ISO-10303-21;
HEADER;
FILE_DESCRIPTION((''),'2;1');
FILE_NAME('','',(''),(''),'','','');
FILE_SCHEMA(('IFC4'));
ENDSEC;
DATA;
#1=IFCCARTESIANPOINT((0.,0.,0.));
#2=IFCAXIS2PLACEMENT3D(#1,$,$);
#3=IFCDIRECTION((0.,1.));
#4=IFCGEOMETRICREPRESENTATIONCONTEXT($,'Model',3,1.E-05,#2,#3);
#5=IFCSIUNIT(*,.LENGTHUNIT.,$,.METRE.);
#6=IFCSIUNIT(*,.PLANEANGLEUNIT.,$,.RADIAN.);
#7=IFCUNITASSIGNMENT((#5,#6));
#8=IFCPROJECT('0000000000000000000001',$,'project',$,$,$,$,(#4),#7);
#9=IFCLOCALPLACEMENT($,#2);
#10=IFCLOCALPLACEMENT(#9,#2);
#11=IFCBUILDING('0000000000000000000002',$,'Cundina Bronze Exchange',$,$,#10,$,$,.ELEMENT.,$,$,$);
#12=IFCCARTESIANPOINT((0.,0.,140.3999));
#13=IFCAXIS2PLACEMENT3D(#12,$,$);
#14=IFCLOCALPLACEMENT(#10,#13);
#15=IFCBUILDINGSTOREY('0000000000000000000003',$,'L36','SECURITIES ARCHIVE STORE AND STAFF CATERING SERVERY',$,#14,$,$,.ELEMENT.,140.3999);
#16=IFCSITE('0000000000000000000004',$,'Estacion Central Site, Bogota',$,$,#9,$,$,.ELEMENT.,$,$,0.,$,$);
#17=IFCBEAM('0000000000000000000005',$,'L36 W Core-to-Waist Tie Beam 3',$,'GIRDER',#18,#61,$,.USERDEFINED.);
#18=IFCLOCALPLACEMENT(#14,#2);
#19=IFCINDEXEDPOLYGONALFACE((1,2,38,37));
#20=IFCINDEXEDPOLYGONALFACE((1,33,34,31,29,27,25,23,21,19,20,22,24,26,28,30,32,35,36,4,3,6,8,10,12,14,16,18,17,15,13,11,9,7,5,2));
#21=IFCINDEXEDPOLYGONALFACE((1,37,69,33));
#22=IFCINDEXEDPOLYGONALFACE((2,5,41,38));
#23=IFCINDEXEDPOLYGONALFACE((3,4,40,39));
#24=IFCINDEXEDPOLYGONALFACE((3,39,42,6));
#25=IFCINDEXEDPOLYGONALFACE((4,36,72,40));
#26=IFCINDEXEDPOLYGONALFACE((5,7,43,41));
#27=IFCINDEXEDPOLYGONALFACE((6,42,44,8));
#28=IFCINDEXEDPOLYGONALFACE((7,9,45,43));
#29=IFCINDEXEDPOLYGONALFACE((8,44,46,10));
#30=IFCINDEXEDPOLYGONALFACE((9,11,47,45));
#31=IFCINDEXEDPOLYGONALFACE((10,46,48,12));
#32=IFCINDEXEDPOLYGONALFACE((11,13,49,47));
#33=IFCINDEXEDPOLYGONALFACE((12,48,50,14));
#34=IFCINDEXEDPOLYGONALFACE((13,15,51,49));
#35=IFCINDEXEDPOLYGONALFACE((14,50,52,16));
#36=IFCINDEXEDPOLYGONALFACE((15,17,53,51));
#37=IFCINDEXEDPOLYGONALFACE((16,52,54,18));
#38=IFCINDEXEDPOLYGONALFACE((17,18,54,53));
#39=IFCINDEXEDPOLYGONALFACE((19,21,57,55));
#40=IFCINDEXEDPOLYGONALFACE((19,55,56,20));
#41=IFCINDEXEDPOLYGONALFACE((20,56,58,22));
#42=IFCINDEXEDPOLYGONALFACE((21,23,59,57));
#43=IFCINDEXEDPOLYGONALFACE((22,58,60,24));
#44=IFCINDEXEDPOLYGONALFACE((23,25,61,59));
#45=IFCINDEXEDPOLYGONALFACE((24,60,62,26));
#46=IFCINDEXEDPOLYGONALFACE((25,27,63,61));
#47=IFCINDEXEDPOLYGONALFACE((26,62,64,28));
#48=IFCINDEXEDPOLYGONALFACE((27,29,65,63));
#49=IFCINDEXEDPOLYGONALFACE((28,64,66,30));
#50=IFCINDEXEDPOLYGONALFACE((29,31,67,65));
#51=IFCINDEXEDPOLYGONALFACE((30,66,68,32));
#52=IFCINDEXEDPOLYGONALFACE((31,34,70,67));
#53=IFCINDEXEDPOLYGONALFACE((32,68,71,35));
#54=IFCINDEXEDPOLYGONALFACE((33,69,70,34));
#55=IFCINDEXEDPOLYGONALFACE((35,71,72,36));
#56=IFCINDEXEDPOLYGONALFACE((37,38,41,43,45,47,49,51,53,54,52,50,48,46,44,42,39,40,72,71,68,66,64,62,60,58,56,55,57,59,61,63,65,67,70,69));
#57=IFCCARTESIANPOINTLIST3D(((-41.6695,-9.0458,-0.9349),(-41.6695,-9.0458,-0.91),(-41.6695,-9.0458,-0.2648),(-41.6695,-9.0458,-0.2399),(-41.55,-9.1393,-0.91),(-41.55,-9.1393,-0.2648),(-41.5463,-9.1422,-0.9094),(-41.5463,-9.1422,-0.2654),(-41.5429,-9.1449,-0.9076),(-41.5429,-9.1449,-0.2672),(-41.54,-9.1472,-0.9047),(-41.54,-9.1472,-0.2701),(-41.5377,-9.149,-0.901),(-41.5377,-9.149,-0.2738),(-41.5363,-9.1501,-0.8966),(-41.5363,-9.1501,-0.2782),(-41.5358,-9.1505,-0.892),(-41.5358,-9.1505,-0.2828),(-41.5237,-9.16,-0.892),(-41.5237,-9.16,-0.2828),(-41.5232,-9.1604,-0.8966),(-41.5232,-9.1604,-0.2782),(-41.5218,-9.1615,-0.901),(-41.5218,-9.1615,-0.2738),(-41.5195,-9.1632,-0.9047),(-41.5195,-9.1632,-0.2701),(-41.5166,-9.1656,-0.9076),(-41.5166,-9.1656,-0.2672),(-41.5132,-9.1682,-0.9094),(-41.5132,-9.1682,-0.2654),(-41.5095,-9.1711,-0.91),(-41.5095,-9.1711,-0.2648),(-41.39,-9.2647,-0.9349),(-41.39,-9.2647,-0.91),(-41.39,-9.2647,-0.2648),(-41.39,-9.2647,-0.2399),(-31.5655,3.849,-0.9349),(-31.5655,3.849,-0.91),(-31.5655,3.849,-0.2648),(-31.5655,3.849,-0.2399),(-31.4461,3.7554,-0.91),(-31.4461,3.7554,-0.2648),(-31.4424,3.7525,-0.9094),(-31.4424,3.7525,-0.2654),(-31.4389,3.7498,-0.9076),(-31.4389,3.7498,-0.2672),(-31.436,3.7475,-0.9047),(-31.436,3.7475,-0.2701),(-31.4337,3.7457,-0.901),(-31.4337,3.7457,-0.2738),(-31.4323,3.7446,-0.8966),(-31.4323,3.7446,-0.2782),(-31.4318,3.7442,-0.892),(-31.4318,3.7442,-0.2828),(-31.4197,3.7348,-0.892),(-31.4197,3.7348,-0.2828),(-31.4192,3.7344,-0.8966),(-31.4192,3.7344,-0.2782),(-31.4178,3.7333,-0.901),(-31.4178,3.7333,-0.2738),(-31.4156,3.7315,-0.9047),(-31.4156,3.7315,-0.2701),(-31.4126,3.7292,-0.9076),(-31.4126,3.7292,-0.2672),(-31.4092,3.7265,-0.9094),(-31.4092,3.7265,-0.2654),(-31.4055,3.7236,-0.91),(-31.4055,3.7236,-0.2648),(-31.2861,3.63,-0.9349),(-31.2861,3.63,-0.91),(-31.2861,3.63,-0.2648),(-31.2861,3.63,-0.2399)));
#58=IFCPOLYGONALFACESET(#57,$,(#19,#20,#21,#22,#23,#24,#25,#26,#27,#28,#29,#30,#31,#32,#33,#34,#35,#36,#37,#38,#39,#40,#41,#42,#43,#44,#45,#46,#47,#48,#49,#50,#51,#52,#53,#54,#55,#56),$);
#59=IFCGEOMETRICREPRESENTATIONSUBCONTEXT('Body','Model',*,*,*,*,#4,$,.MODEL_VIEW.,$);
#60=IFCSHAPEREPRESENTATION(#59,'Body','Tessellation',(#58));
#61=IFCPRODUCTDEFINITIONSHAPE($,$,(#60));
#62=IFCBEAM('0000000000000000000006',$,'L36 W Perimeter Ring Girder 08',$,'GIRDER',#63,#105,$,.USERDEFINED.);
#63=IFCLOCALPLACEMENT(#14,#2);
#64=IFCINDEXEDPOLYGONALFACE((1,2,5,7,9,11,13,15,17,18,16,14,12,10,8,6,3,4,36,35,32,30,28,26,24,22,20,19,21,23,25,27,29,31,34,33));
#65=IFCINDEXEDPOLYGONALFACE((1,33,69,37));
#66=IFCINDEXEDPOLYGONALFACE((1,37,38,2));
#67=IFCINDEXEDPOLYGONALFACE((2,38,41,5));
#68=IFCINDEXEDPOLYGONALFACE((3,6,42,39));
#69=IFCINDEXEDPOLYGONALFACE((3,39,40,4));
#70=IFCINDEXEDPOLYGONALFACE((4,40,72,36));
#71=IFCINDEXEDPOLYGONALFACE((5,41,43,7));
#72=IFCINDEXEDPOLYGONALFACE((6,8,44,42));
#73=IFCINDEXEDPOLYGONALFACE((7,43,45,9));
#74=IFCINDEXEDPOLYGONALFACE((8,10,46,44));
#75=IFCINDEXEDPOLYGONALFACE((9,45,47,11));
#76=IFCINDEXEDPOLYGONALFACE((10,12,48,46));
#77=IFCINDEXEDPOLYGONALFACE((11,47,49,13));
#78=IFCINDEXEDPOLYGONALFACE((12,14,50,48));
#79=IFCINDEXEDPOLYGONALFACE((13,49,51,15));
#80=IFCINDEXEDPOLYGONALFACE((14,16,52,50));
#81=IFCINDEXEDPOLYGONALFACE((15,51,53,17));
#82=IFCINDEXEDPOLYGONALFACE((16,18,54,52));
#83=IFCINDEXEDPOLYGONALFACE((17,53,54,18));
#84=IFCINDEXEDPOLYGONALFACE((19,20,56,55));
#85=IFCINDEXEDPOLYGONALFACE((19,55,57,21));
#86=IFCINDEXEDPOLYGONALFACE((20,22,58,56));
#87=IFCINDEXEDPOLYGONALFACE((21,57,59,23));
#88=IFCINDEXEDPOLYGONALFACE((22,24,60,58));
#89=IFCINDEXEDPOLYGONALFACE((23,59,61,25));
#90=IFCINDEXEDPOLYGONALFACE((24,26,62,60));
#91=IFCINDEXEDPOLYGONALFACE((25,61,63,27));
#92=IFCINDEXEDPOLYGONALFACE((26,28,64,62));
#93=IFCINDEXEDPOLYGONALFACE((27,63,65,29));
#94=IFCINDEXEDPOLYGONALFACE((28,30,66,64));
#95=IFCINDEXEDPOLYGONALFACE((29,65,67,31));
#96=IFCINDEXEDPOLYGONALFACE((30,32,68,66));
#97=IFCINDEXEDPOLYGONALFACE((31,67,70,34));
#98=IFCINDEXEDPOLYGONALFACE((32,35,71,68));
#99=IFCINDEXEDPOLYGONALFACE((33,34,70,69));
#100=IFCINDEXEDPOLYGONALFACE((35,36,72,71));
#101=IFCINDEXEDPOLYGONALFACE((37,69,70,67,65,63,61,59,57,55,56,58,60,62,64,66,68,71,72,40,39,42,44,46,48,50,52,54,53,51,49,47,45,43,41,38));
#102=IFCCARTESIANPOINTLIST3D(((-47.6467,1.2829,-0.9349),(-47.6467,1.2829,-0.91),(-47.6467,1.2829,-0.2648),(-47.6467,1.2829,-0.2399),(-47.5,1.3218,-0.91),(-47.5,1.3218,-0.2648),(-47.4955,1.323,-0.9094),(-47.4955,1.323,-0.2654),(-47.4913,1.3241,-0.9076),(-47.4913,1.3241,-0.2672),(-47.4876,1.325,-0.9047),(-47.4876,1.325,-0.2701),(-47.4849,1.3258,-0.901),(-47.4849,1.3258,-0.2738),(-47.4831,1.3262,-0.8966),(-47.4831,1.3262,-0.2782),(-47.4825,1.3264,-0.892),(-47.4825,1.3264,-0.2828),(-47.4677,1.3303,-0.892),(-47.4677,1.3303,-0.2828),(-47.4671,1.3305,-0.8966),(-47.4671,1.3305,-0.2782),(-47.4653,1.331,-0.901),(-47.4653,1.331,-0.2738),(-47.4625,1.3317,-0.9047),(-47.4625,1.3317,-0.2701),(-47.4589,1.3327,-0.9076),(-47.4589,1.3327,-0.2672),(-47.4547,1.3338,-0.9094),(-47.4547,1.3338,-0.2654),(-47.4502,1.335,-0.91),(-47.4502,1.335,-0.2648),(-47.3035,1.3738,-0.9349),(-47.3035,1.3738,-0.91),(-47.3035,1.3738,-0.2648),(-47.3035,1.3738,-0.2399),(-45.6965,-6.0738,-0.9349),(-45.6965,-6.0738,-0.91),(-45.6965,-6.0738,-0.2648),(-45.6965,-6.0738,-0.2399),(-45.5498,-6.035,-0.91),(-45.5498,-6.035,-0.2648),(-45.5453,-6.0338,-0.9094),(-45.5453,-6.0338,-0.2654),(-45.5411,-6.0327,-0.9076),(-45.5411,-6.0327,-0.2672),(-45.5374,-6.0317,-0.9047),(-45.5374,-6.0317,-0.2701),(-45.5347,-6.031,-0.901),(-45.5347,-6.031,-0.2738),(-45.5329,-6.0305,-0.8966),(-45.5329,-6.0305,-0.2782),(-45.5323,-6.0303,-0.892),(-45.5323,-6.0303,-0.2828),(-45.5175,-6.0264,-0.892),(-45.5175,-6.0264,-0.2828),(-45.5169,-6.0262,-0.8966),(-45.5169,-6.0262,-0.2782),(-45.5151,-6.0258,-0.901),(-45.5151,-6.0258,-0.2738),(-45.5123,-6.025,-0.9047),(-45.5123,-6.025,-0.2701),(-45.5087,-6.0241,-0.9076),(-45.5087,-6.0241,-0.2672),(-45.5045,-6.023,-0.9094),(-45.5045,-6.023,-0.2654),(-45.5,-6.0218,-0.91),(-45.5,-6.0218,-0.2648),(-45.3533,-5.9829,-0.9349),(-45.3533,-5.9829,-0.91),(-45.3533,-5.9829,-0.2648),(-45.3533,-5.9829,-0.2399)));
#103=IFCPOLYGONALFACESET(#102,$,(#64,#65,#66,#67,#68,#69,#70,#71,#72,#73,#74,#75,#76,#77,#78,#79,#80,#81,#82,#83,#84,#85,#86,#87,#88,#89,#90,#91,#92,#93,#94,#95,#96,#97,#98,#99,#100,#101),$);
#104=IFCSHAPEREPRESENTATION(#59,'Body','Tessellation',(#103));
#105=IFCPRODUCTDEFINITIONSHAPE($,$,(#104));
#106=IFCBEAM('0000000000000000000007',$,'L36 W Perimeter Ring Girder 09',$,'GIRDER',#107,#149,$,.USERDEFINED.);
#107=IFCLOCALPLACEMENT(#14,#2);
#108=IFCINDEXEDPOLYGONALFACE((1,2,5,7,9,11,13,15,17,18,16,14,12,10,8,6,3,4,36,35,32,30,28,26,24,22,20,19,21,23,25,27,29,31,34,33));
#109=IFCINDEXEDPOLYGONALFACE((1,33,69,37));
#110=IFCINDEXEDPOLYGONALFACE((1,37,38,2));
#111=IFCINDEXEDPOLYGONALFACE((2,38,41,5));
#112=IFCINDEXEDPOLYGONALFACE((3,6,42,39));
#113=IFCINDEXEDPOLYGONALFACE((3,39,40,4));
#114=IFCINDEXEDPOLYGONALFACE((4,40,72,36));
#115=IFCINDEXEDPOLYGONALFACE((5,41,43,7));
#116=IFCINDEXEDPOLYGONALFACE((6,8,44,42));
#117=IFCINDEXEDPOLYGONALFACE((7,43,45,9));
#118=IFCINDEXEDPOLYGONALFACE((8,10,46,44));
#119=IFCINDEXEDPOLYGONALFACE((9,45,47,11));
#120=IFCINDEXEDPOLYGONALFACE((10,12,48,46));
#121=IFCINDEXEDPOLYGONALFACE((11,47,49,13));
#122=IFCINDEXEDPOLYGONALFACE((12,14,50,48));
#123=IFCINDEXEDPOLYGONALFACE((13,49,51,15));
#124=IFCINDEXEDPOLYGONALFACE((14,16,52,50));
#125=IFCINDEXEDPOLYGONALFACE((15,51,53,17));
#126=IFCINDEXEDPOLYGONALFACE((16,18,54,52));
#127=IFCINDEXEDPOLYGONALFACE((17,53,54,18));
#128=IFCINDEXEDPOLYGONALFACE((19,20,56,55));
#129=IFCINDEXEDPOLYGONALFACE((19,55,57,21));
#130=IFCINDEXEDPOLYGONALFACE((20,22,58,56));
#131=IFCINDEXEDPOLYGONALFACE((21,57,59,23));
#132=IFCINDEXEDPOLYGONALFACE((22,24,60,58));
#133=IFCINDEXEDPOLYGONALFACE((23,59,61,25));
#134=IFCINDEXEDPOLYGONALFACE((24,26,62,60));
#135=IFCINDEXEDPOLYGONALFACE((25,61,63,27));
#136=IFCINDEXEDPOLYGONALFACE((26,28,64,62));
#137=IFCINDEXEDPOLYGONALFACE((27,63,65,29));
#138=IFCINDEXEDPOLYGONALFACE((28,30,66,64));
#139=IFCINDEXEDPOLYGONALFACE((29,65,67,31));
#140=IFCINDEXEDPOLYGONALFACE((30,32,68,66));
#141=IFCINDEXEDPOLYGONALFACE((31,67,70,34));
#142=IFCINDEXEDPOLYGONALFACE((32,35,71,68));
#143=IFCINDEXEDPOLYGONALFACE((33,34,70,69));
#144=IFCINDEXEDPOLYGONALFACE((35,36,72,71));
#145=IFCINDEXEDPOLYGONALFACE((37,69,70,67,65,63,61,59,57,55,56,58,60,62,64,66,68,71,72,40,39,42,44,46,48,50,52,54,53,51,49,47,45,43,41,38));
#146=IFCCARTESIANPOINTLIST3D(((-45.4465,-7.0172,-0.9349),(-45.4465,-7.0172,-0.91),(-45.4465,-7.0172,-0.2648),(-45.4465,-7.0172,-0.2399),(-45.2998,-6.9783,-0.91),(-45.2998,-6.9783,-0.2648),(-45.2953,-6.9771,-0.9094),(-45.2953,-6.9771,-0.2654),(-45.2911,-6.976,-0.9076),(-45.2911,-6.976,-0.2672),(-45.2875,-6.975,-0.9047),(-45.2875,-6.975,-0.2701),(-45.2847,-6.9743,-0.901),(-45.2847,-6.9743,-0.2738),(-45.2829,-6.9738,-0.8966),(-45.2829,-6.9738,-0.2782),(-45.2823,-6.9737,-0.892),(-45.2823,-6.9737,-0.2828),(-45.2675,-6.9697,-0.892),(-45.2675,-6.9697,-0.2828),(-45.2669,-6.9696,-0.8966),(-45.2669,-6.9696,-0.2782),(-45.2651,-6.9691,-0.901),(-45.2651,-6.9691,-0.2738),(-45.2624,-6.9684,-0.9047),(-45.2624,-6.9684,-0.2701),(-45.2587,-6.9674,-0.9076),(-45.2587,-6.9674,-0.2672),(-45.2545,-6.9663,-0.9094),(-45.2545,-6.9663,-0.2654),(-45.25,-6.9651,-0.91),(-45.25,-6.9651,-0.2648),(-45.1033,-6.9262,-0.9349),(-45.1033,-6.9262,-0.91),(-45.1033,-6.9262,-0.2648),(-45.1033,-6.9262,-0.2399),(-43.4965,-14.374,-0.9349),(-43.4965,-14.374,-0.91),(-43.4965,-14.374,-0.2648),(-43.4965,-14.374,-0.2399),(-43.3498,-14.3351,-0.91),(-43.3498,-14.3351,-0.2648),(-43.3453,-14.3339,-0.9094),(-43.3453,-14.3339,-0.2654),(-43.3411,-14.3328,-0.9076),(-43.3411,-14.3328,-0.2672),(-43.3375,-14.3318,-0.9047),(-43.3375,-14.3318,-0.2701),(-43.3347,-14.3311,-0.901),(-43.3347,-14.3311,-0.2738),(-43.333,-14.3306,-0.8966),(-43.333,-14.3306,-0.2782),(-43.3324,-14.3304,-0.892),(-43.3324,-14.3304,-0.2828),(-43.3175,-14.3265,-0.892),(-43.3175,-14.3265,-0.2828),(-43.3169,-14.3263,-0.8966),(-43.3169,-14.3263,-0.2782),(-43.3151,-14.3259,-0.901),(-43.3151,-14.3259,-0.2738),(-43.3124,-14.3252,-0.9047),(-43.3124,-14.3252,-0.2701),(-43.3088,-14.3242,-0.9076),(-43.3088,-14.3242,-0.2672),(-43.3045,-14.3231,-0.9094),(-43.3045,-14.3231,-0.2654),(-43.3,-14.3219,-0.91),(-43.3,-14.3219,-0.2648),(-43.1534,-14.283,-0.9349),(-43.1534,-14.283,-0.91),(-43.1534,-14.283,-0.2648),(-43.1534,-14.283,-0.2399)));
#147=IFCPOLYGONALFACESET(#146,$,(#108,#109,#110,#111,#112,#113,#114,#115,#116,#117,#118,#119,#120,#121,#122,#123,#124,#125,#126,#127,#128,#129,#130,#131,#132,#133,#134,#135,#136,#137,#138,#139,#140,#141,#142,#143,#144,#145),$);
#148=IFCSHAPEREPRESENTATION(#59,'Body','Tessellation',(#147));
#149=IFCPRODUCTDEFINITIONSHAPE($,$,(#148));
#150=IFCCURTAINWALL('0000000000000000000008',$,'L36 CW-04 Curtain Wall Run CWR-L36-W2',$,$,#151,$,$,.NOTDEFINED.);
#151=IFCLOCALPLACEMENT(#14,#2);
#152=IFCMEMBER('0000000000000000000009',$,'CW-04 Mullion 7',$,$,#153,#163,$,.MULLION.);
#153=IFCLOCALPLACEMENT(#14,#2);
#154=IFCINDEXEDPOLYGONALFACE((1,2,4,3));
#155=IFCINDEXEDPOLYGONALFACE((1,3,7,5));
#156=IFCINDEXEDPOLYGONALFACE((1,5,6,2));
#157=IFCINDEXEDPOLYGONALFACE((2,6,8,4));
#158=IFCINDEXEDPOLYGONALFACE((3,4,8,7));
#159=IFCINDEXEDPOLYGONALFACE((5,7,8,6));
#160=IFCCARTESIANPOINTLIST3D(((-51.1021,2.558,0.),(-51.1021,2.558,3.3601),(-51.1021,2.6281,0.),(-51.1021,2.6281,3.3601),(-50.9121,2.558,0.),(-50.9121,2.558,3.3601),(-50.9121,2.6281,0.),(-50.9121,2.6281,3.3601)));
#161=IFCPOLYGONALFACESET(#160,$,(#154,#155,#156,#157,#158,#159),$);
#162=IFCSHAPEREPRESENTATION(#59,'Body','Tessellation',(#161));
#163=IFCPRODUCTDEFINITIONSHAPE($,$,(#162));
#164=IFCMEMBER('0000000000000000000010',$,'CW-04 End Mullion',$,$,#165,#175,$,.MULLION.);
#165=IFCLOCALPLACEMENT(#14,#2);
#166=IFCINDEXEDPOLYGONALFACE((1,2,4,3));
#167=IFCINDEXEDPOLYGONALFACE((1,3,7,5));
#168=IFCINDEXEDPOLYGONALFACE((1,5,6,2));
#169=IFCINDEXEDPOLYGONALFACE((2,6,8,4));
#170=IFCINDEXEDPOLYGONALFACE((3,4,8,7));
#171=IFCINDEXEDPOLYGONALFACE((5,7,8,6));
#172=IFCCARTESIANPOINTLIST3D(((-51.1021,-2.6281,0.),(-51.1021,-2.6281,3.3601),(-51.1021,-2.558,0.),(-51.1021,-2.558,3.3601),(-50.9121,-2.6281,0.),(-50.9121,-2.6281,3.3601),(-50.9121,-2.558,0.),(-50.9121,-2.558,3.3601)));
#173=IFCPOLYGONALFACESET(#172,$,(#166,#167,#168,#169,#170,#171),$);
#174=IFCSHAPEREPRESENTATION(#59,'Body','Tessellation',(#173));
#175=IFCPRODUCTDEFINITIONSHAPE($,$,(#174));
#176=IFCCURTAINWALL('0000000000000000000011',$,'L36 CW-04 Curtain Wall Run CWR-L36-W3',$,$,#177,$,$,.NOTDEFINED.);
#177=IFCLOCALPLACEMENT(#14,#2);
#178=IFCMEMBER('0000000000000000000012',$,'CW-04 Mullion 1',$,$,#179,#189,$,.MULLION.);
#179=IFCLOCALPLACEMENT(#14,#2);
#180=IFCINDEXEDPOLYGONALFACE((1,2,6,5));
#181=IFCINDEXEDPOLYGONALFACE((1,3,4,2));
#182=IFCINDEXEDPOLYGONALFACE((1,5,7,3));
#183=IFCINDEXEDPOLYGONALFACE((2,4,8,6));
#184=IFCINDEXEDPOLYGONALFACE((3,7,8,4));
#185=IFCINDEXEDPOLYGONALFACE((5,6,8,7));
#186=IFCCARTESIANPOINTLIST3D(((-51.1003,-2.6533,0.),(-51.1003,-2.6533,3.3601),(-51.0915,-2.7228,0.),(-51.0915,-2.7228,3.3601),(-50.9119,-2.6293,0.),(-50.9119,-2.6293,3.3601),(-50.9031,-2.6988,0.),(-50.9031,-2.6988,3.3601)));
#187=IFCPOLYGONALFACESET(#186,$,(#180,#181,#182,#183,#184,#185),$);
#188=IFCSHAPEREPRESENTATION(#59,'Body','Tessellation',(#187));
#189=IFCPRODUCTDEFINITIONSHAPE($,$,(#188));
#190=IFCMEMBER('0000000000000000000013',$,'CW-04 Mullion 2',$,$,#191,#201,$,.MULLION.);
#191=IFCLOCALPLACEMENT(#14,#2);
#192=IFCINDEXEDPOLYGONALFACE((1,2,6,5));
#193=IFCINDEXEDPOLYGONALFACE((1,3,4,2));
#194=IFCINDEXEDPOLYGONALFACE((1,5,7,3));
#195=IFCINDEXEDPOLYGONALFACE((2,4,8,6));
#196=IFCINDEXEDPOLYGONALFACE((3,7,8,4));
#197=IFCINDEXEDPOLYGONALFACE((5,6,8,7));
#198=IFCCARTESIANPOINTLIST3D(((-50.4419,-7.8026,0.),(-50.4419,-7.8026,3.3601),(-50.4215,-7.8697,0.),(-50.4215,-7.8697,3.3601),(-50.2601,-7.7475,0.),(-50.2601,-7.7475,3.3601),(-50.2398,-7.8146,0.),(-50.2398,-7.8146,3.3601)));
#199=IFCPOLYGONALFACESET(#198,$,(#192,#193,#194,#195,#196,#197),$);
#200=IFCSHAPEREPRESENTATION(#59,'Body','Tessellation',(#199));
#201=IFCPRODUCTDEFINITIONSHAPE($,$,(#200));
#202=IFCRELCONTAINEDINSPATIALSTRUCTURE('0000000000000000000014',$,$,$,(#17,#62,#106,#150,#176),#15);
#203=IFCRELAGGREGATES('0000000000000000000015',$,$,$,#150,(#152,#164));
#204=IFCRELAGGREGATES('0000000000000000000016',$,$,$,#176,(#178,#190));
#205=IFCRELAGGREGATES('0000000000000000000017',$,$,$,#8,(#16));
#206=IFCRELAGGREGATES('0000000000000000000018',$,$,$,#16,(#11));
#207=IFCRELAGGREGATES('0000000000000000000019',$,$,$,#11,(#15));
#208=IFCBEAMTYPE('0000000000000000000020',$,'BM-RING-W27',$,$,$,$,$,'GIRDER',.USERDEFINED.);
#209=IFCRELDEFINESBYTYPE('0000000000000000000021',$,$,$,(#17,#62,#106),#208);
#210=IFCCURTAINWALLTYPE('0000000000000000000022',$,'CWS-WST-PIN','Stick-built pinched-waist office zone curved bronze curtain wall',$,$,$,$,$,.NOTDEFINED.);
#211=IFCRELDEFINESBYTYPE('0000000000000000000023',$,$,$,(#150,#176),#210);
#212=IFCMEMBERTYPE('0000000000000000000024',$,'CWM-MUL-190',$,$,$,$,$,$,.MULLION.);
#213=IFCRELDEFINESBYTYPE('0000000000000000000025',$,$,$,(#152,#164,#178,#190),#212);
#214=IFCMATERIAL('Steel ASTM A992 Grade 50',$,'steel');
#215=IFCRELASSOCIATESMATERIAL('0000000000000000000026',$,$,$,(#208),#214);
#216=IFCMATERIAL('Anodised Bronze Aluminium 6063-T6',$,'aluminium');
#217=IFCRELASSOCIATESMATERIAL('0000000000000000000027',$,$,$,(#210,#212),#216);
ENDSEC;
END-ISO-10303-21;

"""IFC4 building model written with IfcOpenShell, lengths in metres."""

from ifc_helpers import new_model, si_unit, direction, frame, origin, origin_2d, place, context, subcontext, project, spatial, rectangle, i_section, extrude, material, material_profile, profile_set, type_object, element, aggregate, save


model = new_model("IFC4")

# Units and contexts
model_context = context("Model", 3, precision=1e-05, world=origin(), true_north=direction((0.0, 1.0)))
body_context = subcontext(model_context, "Body", "Model", "MODEL_VIEW")
ifc_project = project(units=[si_unit("LENGTHUNIT", "METRE"), si_unit("PLANEANGLEUNIT", "RADIAN")], contexts=[model_context])

# Site, building, storey
site_placement = place(None, origin())
site = spatial("IfcSite", under=ifc_project, at=site_placement, Name="Estacion Central Site, Bogota", CompositionType="ELEMENT", RefElevation=0.0)
building_placement = place(site_placement, origin())
building = spatial("IfcBuilding", under=site, at=building_placement, Name="Cundina Bronze Exchange", CompositionType="ELEMENT")
storey_placement = place(building_placement, frame((0.0, 0.0, 140.3999)))
storey = spatial("IfcBuildingStorey", under=building, at=storey_placement, Name="L36", Description="SECURITIES ARCHIVE STORE AND STAFF CATERING SERVERY", CompositionType="ELEMENT", Elevation=140.3999)

# Beams
ifc_material_1 = material(Name="Steel ASTM A992 Grade 50", Category="steel")
ifc_material_profile_1 = material_profile(ifc_material_1, i_section(OverallWidth=0.355, OverallDepth=0.6951, WebThickness=0.0154, FlangeThickness=0.0249, FilletRadius=0.0181, at=origin_2d()), Name="W27X146", Category="steel")
ifc_profile_set_1 = profile_set([ifc_material_profile_1], Name="Steel ASTM A992 Grade 50")
beam_type_1 = type_object("IfcBeamType", Name="BM-RING-W27", ElementType="GIRDER", PredefinedType="USERDEFINED", material=ifc_profile_set_1)
beam_1_placement = place(storey_placement, frame((-31.4258, 3.7395, -0.5874), z_axis=(-0.616779, -0.787136, 0.0), x_axis=(0.787136, -0.616779, 0.0)))
element("IfcBeam", 1, at=beam_1_placement, inside=storey, type_object=beam_type_1, Name="L36 W Core-to-Waist Tie Beam 3", ObjectType="GIRDER", PredefinedType="USERDEFINED", context=body_context, shape_type="SweptSolid", body=[
    extrude(i_section(OverallWidth=0.355, OverallDepth=0.6951, WebThickness=0.0154, FlangeThickness=0.0249, FilletRadius=0.0181, at=origin_2d()), origin(), (0.0, 0.0, 1.0), 16.3818),
])
for number, where, z_axis, x_axis, name in (
    (2, (-47.4751, 1.3284, -0.5874), (0.256241, -0.966613, 0.0), (0.966613, 0.256241, 0.0), "L36 W Perimeter Ring Girder 08"),
    (3, (-45.2749, -6.9717, -0.5874), (0.256211, -0.966621, 0.0), (0.966621, 0.256211, 0.0), "L36 W Perimeter Ring Girder 09"),
):
    element("IfcBeam", number, at=place(storey_placement, frame(where, z_axis=z_axis, x_axis=x_axis)), inside=storey, type_object=beam_type_1, Name=name, ObjectType="GIRDER", PredefinedType="USERDEFINED", context=body_context, shape_type="SweptSolid", body=[
        extrude(i_section(OverallWidth=0.355, OverallDepth=0.6951, WebThickness=0.0154, FlangeThickness=0.0249, FilletRadius=0.0181, at=origin_2d()), origin(), (0.0, 0.0, 1.0), 7.6108),
    ])

# Curtain walls, members
ifc_material_2 = material(Name="Anodised Bronze Aluminium 6063-T6", Category="aluminium")
curtain_wall_type = type_object("IfcCurtainWallType", Name="CWS-WST-PIN", Description="Stick-built pinched-waist office zone curved bronze curtain wall", PredefinedType="NOTDEFINED", material=ifc_material_2)
curtain_wall_1_placement = place(storey_placement, origin())
curtain_wall_1 = element("IfcCurtainWall", 4, at=curtain_wall_1_placement, inside=storey, type_object=curtain_wall_type, Name="L36 CW-04 Curtain Wall Run CWR-L36-W2", PredefinedType="NOTDEFINED")
ifc_material_profile_2 = material_profile(ifc_material_2, rectangle(XDim=0.0701, YDim=0.1899, at=origin_2d()), Name="AL70X190", Category="aluminium")
ifc_profile_set_2 = profile_set([ifc_material_profile_2], Name="Anodised Bronze Aluminium 6063-T6")
member_type_1 = type_object("IfcMemberType", Name="CWM-MUL-190", PredefinedType="MULLION", material=ifc_profile_set_2)
member_1_placement = place(storey_placement, frame((-51.0071, 2.593, 0.0), z_axis=(0.0, 0.0, 1.0), x_axis=(0.0, -1.0, 0.0)))
member_1 = element("IfcMember", 5, at=member_1_placement, type_object=member_type_1, Name="CW-04 Mullion 7", PredefinedType="MULLION", context=body_context, shape_type="SweptSolid", body=[
    extrude(rectangle(XDim=0.0701, YDim=0.1899, at=origin_2d()), origin(), (0.0, 0.0, 1.0), 3.3601),
])
member_2_placement = place(storey_placement, frame((-51.0071, -2.593, 0.0), z_axis=(0.0, 0.0, 1.0), x_axis=(0.0, -1.0, 0.0)))
member_2 = element("IfcMember", 6, at=member_2_placement, type_object=member_type_1, Name="CW-04 End Mullion", PredefinedType="MULLION", context=body_context, shape_type="SweptSolid", body=[
    extrude(rectangle(XDim=0.0701, YDim=0.1899, at=origin_2d()), origin(), (0.0, 0.0, 1.0), 3.3601),
])
curtain_wall_2_placement = place(storey_placement, origin())
curtain_wall_2 = element("IfcCurtainWall", 7, at=curtain_wall_2_placement, inside=storey, type_object=curtain_wall_type, Name="L36 CW-04 Curtain Wall Run CWR-L36-W3", PredefinedType="NOTDEFINED")
member_3_placement = place(storey_placement, frame((-51.0017, -2.676, 0.0), z_axis=(0.0, 0.0, 1.0), x_axis=(0.126545, -0.991961, 0.0)))
member_3 = element("IfcMember", 8, at=member_3_placement, type_object=member_type_1, Name="CW-04 Mullion 1", PredefinedType="MULLION", context=body_context, shape_type="SweptSolid", body=[
    extrude(rectangle(XDim=0.0701, YDim=0.1899, at=origin_2d()), origin(), (0.0, 0.0, 1.0), 3.3601),
])
member_4_placement = place(storey_placement, frame((-50.3408, -7.8086, 0.0), z_axis=(0.0, 0.0, 1.0), x_axis=(0.290034, -0.957016, 0.0)))
member_4 = element("IfcMember", 9, at=member_4_placement, type_object=member_type_1, Name="CW-04 Mullion 2", PredefinedType="MULLION", context=body_context, shape_type="SweptSolid", body=[
    extrude(rectangle(XDim=0.0701, YDim=0.1899, at=origin_2d()), origin(), (0.0, 0.0, 1.0), 3.3601),
])

aggregate(curtain_wall_1, [member_1, member_2])
aggregate(curtain_wall_2, [member_3, member_4])

save(model, "model.ifc")
